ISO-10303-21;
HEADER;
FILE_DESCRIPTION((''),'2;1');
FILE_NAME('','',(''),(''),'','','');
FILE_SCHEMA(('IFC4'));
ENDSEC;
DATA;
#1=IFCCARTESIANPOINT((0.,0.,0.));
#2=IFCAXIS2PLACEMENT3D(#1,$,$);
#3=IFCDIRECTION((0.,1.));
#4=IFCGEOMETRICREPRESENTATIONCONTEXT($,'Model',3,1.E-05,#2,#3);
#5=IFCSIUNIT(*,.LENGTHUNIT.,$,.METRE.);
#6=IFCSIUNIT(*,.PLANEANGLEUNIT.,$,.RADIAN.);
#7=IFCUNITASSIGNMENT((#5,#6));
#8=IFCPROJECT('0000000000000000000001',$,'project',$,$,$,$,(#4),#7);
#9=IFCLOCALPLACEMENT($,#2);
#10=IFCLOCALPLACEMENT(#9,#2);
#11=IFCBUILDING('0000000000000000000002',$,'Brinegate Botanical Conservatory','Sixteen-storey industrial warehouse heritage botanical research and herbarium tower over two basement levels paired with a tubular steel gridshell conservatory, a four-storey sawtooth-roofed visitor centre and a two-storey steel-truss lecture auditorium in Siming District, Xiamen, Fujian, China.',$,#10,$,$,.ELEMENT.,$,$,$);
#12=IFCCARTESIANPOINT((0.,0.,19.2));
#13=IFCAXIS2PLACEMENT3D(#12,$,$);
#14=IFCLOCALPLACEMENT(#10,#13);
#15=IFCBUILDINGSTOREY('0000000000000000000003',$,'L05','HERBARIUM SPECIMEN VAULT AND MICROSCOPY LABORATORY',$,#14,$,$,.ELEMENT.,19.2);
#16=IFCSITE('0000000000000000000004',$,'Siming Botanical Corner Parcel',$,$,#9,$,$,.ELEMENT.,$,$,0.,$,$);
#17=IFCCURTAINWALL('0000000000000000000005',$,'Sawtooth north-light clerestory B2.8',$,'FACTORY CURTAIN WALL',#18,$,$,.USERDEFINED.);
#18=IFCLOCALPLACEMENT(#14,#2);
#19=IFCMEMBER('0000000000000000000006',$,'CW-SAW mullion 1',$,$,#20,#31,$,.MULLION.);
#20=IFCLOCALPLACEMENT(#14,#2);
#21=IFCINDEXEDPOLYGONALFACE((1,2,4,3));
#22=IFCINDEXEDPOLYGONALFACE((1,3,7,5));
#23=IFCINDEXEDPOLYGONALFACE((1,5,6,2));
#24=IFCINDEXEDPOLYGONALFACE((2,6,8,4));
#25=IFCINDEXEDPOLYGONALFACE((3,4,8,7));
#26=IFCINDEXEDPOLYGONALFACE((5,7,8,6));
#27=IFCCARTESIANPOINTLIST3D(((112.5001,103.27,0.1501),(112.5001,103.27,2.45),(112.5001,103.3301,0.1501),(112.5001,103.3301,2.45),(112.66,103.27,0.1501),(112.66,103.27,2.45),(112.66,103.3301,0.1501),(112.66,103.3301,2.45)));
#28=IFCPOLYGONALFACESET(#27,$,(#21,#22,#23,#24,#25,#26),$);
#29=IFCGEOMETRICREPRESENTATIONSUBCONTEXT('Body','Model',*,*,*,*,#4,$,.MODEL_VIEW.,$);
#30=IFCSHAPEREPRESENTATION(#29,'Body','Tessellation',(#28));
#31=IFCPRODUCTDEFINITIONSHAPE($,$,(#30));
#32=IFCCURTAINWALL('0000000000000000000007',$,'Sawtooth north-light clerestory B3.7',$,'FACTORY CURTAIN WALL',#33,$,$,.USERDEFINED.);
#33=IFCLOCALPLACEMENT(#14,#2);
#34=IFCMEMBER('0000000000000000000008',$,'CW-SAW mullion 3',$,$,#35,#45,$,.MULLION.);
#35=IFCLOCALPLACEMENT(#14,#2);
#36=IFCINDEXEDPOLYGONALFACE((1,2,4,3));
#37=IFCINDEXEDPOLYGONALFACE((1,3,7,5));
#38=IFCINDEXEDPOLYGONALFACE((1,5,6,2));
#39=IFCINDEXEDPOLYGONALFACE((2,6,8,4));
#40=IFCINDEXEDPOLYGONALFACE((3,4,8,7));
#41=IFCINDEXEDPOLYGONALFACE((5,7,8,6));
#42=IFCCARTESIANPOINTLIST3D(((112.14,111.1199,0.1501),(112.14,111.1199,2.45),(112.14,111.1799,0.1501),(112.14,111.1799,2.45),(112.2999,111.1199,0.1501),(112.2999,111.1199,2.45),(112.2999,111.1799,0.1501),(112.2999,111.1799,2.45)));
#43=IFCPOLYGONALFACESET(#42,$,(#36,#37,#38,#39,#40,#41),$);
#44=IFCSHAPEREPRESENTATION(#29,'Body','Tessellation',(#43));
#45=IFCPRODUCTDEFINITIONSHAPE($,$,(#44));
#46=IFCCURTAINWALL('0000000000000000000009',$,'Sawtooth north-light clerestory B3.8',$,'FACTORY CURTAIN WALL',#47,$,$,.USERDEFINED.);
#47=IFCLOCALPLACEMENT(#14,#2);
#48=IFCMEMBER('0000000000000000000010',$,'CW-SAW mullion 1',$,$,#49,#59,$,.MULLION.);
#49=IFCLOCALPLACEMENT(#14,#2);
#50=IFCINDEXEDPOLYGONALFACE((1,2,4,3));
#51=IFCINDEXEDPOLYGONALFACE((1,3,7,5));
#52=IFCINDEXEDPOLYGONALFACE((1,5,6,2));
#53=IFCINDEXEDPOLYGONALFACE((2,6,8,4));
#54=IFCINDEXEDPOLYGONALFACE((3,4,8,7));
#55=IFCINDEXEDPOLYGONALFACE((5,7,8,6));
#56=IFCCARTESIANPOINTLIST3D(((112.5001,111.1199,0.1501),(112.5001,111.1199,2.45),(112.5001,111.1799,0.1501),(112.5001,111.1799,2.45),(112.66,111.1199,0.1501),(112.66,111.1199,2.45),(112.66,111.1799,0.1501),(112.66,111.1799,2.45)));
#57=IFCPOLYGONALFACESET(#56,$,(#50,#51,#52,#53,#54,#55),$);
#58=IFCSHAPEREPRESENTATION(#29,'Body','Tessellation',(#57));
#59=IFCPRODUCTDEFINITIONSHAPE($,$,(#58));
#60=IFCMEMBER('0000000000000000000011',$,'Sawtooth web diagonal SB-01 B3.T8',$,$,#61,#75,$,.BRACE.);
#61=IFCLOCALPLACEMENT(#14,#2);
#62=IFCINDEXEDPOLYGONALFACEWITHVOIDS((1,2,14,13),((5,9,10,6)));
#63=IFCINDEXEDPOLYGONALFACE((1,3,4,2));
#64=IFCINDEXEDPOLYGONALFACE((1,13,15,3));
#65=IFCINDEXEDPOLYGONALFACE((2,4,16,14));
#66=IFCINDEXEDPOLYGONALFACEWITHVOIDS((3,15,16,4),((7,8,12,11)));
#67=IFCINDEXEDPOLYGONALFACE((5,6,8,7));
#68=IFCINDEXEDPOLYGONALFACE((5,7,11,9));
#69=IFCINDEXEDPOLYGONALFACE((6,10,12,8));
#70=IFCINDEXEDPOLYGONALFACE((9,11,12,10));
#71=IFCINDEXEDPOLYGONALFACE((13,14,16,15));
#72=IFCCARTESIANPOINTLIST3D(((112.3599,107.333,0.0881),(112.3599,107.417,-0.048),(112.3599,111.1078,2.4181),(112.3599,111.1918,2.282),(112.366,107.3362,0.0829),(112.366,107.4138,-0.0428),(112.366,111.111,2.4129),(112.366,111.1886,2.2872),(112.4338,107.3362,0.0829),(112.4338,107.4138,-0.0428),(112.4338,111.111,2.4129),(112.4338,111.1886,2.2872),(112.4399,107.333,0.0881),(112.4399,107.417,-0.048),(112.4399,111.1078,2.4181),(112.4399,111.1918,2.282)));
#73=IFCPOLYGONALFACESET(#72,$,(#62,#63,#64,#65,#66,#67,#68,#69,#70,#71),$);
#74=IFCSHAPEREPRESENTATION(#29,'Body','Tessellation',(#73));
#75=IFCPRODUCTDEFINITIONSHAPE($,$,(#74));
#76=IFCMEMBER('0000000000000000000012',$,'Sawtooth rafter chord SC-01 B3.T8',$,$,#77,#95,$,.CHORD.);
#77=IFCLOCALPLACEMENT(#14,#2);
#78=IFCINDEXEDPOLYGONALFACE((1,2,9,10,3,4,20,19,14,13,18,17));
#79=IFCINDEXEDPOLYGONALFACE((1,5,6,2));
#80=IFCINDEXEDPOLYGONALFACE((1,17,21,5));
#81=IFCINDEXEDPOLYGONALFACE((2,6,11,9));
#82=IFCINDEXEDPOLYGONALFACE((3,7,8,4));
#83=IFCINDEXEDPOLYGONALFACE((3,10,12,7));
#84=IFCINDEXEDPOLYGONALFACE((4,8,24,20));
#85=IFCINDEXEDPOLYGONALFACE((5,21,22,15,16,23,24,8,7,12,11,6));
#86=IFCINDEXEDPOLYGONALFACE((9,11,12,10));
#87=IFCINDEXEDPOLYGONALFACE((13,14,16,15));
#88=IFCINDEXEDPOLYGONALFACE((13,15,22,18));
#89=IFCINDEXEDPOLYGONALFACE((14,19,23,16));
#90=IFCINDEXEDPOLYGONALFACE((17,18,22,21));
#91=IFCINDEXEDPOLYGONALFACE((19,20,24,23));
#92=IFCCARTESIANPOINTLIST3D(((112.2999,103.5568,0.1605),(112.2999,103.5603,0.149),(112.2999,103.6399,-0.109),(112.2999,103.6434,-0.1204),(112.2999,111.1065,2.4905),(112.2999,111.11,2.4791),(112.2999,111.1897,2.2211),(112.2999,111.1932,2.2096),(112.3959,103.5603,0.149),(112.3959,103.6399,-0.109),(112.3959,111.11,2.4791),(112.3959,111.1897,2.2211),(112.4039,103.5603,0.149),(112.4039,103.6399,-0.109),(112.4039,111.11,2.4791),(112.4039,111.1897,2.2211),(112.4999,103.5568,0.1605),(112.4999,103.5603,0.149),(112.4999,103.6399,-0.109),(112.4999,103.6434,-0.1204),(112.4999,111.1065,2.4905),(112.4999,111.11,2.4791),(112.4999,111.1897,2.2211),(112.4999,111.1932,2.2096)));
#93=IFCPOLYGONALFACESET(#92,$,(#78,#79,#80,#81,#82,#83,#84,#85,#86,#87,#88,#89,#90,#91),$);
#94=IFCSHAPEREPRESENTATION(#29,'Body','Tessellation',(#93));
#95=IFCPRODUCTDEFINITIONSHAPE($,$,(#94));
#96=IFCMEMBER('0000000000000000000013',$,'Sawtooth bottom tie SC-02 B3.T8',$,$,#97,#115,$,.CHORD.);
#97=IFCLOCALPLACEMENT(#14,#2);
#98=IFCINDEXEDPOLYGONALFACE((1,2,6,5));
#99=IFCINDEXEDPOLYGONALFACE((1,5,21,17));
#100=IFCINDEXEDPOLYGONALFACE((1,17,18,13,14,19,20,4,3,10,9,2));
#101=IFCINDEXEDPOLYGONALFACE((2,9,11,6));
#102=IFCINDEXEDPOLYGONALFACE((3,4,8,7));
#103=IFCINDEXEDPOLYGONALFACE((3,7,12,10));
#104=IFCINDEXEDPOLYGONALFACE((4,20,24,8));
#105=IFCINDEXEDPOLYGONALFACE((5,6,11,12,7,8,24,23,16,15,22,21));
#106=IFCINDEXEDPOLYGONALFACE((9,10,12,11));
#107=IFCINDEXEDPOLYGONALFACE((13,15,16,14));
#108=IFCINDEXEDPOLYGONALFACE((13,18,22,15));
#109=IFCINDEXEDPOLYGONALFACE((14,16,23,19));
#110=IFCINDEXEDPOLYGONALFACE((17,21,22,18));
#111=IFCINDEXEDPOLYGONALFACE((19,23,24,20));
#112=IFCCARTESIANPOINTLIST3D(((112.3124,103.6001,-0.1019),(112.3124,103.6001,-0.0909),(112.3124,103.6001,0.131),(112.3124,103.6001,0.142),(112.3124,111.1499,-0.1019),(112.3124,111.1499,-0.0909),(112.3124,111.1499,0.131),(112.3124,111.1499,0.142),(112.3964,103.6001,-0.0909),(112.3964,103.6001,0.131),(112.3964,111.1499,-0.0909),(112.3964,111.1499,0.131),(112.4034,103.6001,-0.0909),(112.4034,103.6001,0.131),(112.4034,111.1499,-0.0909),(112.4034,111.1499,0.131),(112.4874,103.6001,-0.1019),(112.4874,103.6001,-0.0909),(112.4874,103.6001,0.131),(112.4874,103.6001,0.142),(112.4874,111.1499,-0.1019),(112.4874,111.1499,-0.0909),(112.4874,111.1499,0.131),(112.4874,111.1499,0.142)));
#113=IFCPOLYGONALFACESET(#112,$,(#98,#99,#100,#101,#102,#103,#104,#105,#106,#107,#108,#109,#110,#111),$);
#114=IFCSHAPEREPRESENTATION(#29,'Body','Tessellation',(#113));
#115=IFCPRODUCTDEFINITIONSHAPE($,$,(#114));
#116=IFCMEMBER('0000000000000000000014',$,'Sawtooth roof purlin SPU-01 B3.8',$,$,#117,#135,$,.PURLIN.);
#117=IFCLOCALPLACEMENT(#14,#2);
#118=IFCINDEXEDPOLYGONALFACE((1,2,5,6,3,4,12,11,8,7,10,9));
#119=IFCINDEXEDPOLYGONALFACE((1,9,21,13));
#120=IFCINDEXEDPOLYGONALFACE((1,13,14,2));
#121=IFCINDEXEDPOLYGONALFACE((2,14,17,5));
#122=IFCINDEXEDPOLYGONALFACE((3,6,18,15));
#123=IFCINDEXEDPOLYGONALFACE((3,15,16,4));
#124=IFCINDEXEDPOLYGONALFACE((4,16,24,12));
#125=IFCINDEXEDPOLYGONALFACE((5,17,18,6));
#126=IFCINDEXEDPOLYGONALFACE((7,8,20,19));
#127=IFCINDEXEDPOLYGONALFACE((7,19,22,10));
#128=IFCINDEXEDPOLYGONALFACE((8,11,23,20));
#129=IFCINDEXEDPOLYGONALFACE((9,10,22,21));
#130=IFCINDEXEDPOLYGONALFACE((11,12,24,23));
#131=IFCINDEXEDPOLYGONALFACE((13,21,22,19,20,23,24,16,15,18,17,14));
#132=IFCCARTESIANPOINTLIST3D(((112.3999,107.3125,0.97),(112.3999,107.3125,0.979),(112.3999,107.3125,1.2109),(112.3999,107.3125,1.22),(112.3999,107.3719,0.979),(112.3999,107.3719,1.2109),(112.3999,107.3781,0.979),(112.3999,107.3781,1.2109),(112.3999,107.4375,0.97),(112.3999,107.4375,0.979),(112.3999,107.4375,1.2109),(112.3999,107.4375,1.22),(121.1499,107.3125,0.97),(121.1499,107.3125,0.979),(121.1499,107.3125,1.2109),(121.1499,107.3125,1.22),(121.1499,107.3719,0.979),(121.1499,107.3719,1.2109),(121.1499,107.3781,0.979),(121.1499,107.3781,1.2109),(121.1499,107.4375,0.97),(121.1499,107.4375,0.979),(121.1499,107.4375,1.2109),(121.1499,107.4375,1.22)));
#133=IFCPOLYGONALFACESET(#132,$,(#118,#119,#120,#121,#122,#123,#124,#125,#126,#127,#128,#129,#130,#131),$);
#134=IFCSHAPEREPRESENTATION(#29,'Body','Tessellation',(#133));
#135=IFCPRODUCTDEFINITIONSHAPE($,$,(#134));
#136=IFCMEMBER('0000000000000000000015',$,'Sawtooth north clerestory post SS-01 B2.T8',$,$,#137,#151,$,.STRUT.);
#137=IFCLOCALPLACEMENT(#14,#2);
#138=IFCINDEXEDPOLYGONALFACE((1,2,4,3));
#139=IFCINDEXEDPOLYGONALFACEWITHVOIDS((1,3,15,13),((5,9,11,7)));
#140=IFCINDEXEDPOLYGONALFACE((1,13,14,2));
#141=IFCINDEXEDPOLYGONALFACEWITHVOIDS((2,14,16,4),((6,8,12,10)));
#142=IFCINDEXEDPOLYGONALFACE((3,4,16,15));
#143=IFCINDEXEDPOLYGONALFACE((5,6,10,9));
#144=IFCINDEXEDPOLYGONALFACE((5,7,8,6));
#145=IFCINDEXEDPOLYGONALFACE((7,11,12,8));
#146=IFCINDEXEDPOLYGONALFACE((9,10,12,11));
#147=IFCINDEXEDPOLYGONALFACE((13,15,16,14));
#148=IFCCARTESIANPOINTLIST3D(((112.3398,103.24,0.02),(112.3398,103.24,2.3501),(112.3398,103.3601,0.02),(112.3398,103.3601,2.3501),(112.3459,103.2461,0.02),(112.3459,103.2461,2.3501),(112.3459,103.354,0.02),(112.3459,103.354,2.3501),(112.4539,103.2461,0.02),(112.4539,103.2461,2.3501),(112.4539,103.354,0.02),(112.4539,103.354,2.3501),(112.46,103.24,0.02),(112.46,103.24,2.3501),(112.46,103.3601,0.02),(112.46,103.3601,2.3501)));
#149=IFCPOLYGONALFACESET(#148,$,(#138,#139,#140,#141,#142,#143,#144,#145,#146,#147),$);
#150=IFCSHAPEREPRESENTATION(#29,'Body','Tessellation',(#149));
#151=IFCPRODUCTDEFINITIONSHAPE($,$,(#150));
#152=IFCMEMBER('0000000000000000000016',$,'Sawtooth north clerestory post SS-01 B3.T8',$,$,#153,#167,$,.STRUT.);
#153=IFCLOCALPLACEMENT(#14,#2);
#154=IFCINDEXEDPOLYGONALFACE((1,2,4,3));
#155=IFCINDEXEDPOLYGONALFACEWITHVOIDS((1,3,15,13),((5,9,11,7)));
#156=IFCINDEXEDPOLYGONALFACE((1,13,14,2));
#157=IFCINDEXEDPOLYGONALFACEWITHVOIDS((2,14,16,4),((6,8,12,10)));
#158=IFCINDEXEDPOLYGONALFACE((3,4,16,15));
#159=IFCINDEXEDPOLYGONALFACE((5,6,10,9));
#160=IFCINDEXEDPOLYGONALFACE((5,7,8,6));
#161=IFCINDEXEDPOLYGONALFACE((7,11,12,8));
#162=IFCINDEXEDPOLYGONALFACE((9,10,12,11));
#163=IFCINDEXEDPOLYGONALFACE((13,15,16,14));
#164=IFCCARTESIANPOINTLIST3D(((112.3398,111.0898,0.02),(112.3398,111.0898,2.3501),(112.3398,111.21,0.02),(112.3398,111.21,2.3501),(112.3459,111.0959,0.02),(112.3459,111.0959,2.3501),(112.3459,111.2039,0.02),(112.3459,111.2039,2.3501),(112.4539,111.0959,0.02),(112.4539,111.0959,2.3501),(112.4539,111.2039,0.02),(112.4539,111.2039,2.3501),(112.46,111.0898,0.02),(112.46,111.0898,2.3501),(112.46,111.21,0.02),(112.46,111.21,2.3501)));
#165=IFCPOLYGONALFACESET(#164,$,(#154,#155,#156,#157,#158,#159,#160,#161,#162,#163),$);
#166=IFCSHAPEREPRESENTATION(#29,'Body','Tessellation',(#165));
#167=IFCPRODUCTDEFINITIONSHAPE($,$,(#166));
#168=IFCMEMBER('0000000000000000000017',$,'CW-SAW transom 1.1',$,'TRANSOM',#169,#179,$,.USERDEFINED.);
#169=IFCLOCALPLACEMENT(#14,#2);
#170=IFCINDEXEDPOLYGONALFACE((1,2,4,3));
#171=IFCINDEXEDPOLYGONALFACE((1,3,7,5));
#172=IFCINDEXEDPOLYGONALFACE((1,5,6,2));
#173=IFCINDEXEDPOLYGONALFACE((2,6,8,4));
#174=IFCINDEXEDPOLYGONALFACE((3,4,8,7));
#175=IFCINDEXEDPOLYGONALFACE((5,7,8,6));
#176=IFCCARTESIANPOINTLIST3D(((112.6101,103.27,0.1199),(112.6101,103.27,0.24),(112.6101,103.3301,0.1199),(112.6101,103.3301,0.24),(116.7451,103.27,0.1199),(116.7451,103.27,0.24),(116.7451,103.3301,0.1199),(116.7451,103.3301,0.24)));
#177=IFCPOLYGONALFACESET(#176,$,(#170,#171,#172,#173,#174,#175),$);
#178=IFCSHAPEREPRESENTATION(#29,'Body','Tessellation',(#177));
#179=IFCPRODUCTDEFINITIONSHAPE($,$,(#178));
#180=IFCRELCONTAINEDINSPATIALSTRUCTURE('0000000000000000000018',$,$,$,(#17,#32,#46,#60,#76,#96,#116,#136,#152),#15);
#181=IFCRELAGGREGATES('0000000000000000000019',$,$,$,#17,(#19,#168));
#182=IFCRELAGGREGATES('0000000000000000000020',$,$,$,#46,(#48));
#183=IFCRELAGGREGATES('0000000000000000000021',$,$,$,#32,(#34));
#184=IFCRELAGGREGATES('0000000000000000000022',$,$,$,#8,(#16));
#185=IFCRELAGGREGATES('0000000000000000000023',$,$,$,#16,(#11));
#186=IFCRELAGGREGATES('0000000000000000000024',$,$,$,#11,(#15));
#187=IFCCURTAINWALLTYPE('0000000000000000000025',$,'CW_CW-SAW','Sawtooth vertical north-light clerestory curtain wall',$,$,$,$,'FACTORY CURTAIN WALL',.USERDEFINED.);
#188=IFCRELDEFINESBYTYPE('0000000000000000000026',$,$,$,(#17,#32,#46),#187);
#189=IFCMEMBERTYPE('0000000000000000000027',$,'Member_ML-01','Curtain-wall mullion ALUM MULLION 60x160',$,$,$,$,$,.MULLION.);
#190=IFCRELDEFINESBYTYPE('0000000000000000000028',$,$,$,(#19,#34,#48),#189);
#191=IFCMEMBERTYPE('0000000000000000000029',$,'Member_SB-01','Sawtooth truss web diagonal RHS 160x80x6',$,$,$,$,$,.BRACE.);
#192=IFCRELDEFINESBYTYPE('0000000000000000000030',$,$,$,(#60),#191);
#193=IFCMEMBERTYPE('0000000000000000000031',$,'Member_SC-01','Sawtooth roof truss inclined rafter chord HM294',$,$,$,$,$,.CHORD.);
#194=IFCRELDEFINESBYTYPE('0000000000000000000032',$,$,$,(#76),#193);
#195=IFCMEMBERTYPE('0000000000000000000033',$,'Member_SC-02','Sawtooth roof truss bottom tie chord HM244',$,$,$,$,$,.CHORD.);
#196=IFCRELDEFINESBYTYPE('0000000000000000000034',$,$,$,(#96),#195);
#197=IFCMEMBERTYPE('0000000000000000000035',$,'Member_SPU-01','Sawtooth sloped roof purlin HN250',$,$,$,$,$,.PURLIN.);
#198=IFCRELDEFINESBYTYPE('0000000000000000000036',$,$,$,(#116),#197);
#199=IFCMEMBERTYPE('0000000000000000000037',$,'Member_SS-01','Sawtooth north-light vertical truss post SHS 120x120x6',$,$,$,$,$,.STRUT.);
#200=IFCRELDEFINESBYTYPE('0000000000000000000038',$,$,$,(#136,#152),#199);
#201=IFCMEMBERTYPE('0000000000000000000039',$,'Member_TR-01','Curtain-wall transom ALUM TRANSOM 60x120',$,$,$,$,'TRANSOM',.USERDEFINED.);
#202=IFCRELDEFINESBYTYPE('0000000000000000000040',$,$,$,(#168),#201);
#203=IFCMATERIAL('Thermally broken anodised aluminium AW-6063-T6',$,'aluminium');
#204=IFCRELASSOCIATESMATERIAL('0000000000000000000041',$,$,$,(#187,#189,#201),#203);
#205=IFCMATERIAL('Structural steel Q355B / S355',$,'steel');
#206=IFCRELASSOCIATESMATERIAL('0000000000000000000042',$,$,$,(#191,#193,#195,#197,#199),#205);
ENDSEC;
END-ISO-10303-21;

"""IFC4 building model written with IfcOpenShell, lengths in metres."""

from ifc_helpers import new_model, si_unit, direction, frame, origin, origin_2d, place, context, subcontext, project, spatial, rectangle, hollow_rectangle, i_section, extrude, material, material_profile, profile_set, type_object, element, aggregate, save


model = new_model("IFC4")

# Units and contexts
model_context = context("Model", 3, precision=1e-05, world=origin(), true_north=direction((0.0, 1.0)))
body_context = subcontext(model_context, "Body", "Model", "MODEL_VIEW")
ifc_project = project(units=[si_unit("LENGTHUNIT", "METRE"), si_unit("PLANEANGLEUNIT", "RADIAN")], contexts=[model_context])

# Site, building, storey
site_placement = place(None, origin())
site = spatial("IfcSite", under=ifc_project, at=site_placement, Name="Siming Botanical Corner Parcel", CompositionType="ELEMENT", RefElevation=0.0)
building_placement = place(site_placement, origin())
building = spatial("IfcBuilding", under=site, at=building_placement, Name="Brinegate Botanical Conservatory", Description="Sixteen-storey industrial warehouse heritage botanical research and herbarium tower over two basement levels paired with a tubular steel gridshell conservatory, a four-storey sawtooth-roofed visitor centre and a two-storey steel-truss lecture auditorium in Siming District, Xiamen, Fujian, China.", CompositionType="ELEMENT")
storey_placement = place(building_placement, frame((0.0, 0.0, 19.2)))
storey = spatial("IfcBuildingStorey", under=building, at=storey_placement, Name="L05", Description="HERBARIUM SPECIMEN VAULT AND MICROSCOPY LABORATORY", CompositionType="ELEMENT", Elevation=19.2)

# Curtain walls, members
ifc_material_1 = material(Name="Thermally broken anodised aluminium AW-6063-T6", Category="aluminium")
curtain_wall_type = type_object("IfcCurtainWallType", Name="CW_CW-SAW", Description="Sawtooth vertical north-light clerestory curtain wall", ElementType="FACTORY CURTAIN WALL", PredefinedType="USERDEFINED", material=ifc_material_1)
curtain_wall_1_placement = place(storey_placement, origin())
curtain_wall_1 = element("IfcCurtainWall", 1, at=curtain_wall_1_placement, inside=storey, type_object=curtain_wall_type, Name="Sawtooth north-light clerestory B2.8", ObjectType="FACTORY CURTAIN WALL", PredefinedType="USERDEFINED")
ifc_material_profile_1 = material_profile(ifc_material_1, rectangle(XDim=0.0601, YDim=0.1599, at=origin_2d()), Name="ALUM MULLION 60x160")
ifc_profile_set_1 = profile_set([ifc_material_profile_1], Name="Thermally broken anodised aluminium AW-6063-T6")
member_type_1 = type_object("IfcMemberType", Name="Member_ML-01", Description="Curtain-wall mullion ALUM MULLION 60x160", PredefinedType="MULLION", material=ifc_profile_set_1)
member_1_placement = place(storey_placement, frame((112.5801, 103.3, 0.1501), z_axis=(0.0, 0.0, 1.0), x_axis=(0.0, 1.0, 0.0)))
member_1 = element("IfcMember", 2, at=member_1_placement, type_object=member_type_1, Name="CW-SAW mullion 1", PredefinedType="MULLION", context=body_context, shape_type="SweptSolid", body=[
    extrude(rectangle(XDim=0.0601, YDim=0.1599, at=origin_2d()), origin(), (0.0, 0.0, 1.0), 2.2998),
])
curtain_wall_2_placement = place(storey_placement, origin())
curtain_wall_2 = element("IfcCurtainWall", 3, at=curtain_wall_2_placement, inside=storey, type_object=curtain_wall_type, Name="Sawtooth north-light clerestory B3.7", ObjectType="FACTORY CURTAIN WALL", PredefinedType="USERDEFINED")
member_2_placement = place(storey_placement, frame((112.22, 111.1499, 0.1501), z_axis=(0.0, 0.0, 1.0), x_axis=(0.0, 1.0, 0.0)))
member_2 = element("IfcMember", 4, at=member_2_placement, type_object=member_type_1, Name="CW-SAW mullion 3", PredefinedType="MULLION", context=body_context, shape_type="SweptSolid", body=[
    extrude(rectangle(XDim=0.0601, YDim=0.1599, at=origin_2d()), origin(), (0.0, 0.0, 1.0), 2.2998),
])
curtain_wall_3_placement = place(storey_placement, origin())
curtain_wall_3 = element("IfcCurtainWall", 5, at=curtain_wall_3_placement, inside=storey, type_object=curtain_wall_type, Name="Sawtooth north-light clerestory B3.8", ObjectType="FACTORY CURTAIN WALL", PredefinedType="USERDEFINED")
member_3_placement = place(storey_placement, frame((112.5801, 111.1499, 0.1501), z_axis=(0.0, 0.0, 1.0), x_axis=(0.0, 1.0, 0.0)))
member_3 = element("IfcMember", 6, at=member_3_placement, type_object=member_type_1, Name="CW-SAW mullion 1", PredefinedType="MULLION", context=body_context, shape_type="SweptSolid", body=[
    extrude(rectangle(XDim=0.0601, YDim=0.1599, at=origin_2d()), origin(), (0.0, 0.0, 1.0), 2.2998),
])

# Members
ifc_material_2 = material(Name="Structural steel Q355B / S355", Category="steel")
ifc_material_profile_2 = material_profile(ifc_material_2, hollow_rectangle(XDim=0.0801, YDim=0.1599, WallThickness=0.0061, at=origin_2d()), Name="RHS 160x80x6")
ifc_profile_set_2 = profile_set([ifc_material_profile_2], Name="Structural steel Q355B / S355")
member_type_2 = type_object("IfcMemberType", Name="Member_SB-01", Description="Sawtooth truss web diagonal RHS 160x80x6", PredefinedType="BRACE", material=ifc_profile_set_2)
member_4_placement = place(storey_placement, frame((112.3999, 107.375, 0.02), z_axis=(0.0, 0.850947, 0.525251), x_axis=(-1.0, 0.0, 0.0)))
element("IfcMember", 7, at=member_4_placement, inside=storey, type_object=member_type_2, Name="Sawtooth web diagonal SB-01 B3.T8", PredefinedType="BRACE", context=body_context, shape_type="SweptSolid", body=[
    extrude(hollow_rectangle(XDim=0.0801, YDim=0.1599, WallThickness=0.0061, at=origin_2d()), origin(), (0.0, 0.0, 1.0), 4.436),
])
ifc_material_profile_3 = material_profile(ifc_material_2, i_section(OverallWidth=0.2, OverallDepth=0.2939, WebThickness=0.0081, FlangeThickness=0.012, at=origin_2d()), Name="HM 294x200x8x12")
ifc_profile_set_3 = profile_set([ifc_material_profile_3], Name="Structural steel Q355B / S355")
member_type_3 = type_object("IfcMemberType", Name="Member_SC-01", Description="Sawtooth roof truss inclined rafter chord HM294", PredefinedType="CHORD", material=ifc_profile_set_3)
member_5_placement = place(storey_placement, frame((112.3999, 103.6001, 0.02), z_axis=(0.0, 0.955527, 0.294902), x_axis=(-1.0, 0.0, 0.0)))
element("IfcMember", 8, at=member_5_placement, inside=storey, type_object=member_type_3, Name="Sawtooth rafter chord SC-01 B3.T8", PredefinedType="CHORD", context=body_context, shape_type="SweptSolid", body=[
    extrude(i_section(OverallWidth=0.2, OverallDepth=0.2939, WebThickness=0.0081, FlangeThickness=0.012, at=origin_2d()), origin(), (0.0, 0.0, 1.0), 7.9011),
])
ifc_material_profile_4 = material_profile(ifc_material_2, i_section(OverallWidth=0.175, OverallDepth=0.2439, WebThickness=0.0071, FlangeThickness=0.011, at=origin_2d()), Name="HM 244x175x7x11")
ifc_profile_set_4 = profile_set([ifc_material_profile_4], Name="Structural steel Q355B / S355")
member_type_4 = type_object("IfcMemberType", Name="Member_SC-02", Description="Sawtooth roof truss bottom tie chord HM244", PredefinedType="CHORD", material=ifc_profile_set_4)
member_6_placement = place(storey_placement, frame((112.3999, 103.6001, 0.02), z_axis=(0.0, 1.0, 0.0), x_axis=(-1.0, 0.0, 0.0)))
element("IfcMember", 9, at=member_6_placement, inside=storey, type_object=member_type_4, Name="Sawtooth bottom tie SC-02 B3.T8", PredefinedType="CHORD", context=body_context, shape_type="SweptSolid", body=[
    extrude(i_section(OverallWidth=0.175, OverallDepth=0.2439, WebThickness=0.0071, FlangeThickness=0.011, at=origin_2d()), origin(), (0.0, 0.0, 1.0), 7.5498),
])
ifc_material_profile_5 = material_profile(ifc_material_2, i_section(OverallWidth=0.125, OverallDepth=0.25, WebThickness=0.0061, FlangeThickness=0.009, at=origin_2d()), Name="HN 250x125x6x9")
ifc_profile_set_5 = profile_set([ifc_material_profile_5], Name="Structural steel Q355B / S355")
member_type_5 = type_object("IfcMemberType", Name="Member_SPU-01", Description="Sawtooth sloped roof purlin HN250", PredefinedType="PURLIN", material=ifc_profile_set_5)
member_7_placement = place(storey_placement, frame((112.3999, 107.375, 1.095), z_axis=(1.0, 0.0, 0.0), x_axis=(0.0, 1.0, 0.0)))
element("IfcMember", 10, at=member_7_placement, inside=storey, type_object=member_type_5, Name="Sawtooth roof purlin SPU-01 B3.8", PredefinedType="PURLIN", context=body_context, shape_type="SweptSolid", body=[
    extrude(i_section(OverallWidth=0.125, OverallDepth=0.25, WebThickness=0.0061, FlangeThickness=0.009, at=origin_2d()), origin(), (0.0, 0.0, 1.0), 8.75),
])
ifc_material_profile_6 = material_profile(ifc_material_2, hollow_rectangle(XDim=0.1201, YDim=0.1201, WallThickness=0.0061, at=origin_2d()), Name="SHS 120x120x6")
ifc_profile_set_6 = profile_set([ifc_material_profile_6], Name="Structural steel Q355B / S355")
member_type_6 = type_object("IfcMemberType", Name="Member_SS-01", Description="Sawtooth north-light vertical truss post SHS 120x120x6", PredefinedType="STRUT", material=ifc_profile_set_6)
for number, where, z_axis, x_axis, name in (
    (11, (112.3999, 103.3, 0.02), (0.0, 0.0, 1.0), (1.0, 0.0, 0.0), "Sawtooth north clerestory post SS-01 B2.T8"),
    (12, (112.3999, 111.1499, 0.02), (0.0, 0.0, 1.0), (1.0, 0.0, 0.0), "Sawtooth north clerestory post SS-01 B3.T8"),
):
    element("IfcMember", number, at=place(storey_placement, frame(where, z_axis=z_axis, x_axis=x_axis)), inside=storey, type_object=member_type_6, Name=name, PredefinedType="STRUT", context=body_context, shape_type="SweptSolid", body=[
        extrude(hollow_rectangle(XDim=0.1201, YDim=0.1201, WallThickness=0.0061, at=origin_2d()), origin(), (0.0, 0.0, 1.0), 2.3301),
    ])

# Member
ifc_material_profile_7 = material_profile(ifc_material_1, rectangle(XDim=0.0601, YDim=0.1201, at=origin_2d()), Name="ALUM TRANSOM 60x120")
ifc_profile_set_7 = profile_set([ifc_material_profile_7], Name="Thermally broken anodised aluminium AW-6063-T6")
member_type_7 = type_object("IfcMemberType", Name="Member_TR-01", Description="Curtain-wall transom ALUM TRANSOM 60x120", ElementType="TRANSOM", PredefinedType="USERDEFINED", material=ifc_profile_set_7)
member_8_placement = place(storey_placement, frame((112.6101, 103.3, 0.1799), z_axis=(1.0, 0.0, 0.0), x_axis=(0.0, 1.0, 0.0)))
member_8 = element("IfcMember", 13, at=member_8_placement, type_object=member_type_7, Name="CW-SAW transom 1.1", ObjectType="TRANSOM", PredefinedType="USERDEFINED", context=body_context, shape_type="SweptSolid", body=[
    extrude(rectangle(XDim=0.0601, YDim=0.1201, at=origin_2d()), origin(), (0.0, 0.0, 1.0), 4.135),
])
aggregate(curtain_wall_1, [member_1, member_8])
aggregate(curtain_wall_3, [member_3])

aggregate(curtain_wall_2, [member_2])

save(model, "model.ifc")
